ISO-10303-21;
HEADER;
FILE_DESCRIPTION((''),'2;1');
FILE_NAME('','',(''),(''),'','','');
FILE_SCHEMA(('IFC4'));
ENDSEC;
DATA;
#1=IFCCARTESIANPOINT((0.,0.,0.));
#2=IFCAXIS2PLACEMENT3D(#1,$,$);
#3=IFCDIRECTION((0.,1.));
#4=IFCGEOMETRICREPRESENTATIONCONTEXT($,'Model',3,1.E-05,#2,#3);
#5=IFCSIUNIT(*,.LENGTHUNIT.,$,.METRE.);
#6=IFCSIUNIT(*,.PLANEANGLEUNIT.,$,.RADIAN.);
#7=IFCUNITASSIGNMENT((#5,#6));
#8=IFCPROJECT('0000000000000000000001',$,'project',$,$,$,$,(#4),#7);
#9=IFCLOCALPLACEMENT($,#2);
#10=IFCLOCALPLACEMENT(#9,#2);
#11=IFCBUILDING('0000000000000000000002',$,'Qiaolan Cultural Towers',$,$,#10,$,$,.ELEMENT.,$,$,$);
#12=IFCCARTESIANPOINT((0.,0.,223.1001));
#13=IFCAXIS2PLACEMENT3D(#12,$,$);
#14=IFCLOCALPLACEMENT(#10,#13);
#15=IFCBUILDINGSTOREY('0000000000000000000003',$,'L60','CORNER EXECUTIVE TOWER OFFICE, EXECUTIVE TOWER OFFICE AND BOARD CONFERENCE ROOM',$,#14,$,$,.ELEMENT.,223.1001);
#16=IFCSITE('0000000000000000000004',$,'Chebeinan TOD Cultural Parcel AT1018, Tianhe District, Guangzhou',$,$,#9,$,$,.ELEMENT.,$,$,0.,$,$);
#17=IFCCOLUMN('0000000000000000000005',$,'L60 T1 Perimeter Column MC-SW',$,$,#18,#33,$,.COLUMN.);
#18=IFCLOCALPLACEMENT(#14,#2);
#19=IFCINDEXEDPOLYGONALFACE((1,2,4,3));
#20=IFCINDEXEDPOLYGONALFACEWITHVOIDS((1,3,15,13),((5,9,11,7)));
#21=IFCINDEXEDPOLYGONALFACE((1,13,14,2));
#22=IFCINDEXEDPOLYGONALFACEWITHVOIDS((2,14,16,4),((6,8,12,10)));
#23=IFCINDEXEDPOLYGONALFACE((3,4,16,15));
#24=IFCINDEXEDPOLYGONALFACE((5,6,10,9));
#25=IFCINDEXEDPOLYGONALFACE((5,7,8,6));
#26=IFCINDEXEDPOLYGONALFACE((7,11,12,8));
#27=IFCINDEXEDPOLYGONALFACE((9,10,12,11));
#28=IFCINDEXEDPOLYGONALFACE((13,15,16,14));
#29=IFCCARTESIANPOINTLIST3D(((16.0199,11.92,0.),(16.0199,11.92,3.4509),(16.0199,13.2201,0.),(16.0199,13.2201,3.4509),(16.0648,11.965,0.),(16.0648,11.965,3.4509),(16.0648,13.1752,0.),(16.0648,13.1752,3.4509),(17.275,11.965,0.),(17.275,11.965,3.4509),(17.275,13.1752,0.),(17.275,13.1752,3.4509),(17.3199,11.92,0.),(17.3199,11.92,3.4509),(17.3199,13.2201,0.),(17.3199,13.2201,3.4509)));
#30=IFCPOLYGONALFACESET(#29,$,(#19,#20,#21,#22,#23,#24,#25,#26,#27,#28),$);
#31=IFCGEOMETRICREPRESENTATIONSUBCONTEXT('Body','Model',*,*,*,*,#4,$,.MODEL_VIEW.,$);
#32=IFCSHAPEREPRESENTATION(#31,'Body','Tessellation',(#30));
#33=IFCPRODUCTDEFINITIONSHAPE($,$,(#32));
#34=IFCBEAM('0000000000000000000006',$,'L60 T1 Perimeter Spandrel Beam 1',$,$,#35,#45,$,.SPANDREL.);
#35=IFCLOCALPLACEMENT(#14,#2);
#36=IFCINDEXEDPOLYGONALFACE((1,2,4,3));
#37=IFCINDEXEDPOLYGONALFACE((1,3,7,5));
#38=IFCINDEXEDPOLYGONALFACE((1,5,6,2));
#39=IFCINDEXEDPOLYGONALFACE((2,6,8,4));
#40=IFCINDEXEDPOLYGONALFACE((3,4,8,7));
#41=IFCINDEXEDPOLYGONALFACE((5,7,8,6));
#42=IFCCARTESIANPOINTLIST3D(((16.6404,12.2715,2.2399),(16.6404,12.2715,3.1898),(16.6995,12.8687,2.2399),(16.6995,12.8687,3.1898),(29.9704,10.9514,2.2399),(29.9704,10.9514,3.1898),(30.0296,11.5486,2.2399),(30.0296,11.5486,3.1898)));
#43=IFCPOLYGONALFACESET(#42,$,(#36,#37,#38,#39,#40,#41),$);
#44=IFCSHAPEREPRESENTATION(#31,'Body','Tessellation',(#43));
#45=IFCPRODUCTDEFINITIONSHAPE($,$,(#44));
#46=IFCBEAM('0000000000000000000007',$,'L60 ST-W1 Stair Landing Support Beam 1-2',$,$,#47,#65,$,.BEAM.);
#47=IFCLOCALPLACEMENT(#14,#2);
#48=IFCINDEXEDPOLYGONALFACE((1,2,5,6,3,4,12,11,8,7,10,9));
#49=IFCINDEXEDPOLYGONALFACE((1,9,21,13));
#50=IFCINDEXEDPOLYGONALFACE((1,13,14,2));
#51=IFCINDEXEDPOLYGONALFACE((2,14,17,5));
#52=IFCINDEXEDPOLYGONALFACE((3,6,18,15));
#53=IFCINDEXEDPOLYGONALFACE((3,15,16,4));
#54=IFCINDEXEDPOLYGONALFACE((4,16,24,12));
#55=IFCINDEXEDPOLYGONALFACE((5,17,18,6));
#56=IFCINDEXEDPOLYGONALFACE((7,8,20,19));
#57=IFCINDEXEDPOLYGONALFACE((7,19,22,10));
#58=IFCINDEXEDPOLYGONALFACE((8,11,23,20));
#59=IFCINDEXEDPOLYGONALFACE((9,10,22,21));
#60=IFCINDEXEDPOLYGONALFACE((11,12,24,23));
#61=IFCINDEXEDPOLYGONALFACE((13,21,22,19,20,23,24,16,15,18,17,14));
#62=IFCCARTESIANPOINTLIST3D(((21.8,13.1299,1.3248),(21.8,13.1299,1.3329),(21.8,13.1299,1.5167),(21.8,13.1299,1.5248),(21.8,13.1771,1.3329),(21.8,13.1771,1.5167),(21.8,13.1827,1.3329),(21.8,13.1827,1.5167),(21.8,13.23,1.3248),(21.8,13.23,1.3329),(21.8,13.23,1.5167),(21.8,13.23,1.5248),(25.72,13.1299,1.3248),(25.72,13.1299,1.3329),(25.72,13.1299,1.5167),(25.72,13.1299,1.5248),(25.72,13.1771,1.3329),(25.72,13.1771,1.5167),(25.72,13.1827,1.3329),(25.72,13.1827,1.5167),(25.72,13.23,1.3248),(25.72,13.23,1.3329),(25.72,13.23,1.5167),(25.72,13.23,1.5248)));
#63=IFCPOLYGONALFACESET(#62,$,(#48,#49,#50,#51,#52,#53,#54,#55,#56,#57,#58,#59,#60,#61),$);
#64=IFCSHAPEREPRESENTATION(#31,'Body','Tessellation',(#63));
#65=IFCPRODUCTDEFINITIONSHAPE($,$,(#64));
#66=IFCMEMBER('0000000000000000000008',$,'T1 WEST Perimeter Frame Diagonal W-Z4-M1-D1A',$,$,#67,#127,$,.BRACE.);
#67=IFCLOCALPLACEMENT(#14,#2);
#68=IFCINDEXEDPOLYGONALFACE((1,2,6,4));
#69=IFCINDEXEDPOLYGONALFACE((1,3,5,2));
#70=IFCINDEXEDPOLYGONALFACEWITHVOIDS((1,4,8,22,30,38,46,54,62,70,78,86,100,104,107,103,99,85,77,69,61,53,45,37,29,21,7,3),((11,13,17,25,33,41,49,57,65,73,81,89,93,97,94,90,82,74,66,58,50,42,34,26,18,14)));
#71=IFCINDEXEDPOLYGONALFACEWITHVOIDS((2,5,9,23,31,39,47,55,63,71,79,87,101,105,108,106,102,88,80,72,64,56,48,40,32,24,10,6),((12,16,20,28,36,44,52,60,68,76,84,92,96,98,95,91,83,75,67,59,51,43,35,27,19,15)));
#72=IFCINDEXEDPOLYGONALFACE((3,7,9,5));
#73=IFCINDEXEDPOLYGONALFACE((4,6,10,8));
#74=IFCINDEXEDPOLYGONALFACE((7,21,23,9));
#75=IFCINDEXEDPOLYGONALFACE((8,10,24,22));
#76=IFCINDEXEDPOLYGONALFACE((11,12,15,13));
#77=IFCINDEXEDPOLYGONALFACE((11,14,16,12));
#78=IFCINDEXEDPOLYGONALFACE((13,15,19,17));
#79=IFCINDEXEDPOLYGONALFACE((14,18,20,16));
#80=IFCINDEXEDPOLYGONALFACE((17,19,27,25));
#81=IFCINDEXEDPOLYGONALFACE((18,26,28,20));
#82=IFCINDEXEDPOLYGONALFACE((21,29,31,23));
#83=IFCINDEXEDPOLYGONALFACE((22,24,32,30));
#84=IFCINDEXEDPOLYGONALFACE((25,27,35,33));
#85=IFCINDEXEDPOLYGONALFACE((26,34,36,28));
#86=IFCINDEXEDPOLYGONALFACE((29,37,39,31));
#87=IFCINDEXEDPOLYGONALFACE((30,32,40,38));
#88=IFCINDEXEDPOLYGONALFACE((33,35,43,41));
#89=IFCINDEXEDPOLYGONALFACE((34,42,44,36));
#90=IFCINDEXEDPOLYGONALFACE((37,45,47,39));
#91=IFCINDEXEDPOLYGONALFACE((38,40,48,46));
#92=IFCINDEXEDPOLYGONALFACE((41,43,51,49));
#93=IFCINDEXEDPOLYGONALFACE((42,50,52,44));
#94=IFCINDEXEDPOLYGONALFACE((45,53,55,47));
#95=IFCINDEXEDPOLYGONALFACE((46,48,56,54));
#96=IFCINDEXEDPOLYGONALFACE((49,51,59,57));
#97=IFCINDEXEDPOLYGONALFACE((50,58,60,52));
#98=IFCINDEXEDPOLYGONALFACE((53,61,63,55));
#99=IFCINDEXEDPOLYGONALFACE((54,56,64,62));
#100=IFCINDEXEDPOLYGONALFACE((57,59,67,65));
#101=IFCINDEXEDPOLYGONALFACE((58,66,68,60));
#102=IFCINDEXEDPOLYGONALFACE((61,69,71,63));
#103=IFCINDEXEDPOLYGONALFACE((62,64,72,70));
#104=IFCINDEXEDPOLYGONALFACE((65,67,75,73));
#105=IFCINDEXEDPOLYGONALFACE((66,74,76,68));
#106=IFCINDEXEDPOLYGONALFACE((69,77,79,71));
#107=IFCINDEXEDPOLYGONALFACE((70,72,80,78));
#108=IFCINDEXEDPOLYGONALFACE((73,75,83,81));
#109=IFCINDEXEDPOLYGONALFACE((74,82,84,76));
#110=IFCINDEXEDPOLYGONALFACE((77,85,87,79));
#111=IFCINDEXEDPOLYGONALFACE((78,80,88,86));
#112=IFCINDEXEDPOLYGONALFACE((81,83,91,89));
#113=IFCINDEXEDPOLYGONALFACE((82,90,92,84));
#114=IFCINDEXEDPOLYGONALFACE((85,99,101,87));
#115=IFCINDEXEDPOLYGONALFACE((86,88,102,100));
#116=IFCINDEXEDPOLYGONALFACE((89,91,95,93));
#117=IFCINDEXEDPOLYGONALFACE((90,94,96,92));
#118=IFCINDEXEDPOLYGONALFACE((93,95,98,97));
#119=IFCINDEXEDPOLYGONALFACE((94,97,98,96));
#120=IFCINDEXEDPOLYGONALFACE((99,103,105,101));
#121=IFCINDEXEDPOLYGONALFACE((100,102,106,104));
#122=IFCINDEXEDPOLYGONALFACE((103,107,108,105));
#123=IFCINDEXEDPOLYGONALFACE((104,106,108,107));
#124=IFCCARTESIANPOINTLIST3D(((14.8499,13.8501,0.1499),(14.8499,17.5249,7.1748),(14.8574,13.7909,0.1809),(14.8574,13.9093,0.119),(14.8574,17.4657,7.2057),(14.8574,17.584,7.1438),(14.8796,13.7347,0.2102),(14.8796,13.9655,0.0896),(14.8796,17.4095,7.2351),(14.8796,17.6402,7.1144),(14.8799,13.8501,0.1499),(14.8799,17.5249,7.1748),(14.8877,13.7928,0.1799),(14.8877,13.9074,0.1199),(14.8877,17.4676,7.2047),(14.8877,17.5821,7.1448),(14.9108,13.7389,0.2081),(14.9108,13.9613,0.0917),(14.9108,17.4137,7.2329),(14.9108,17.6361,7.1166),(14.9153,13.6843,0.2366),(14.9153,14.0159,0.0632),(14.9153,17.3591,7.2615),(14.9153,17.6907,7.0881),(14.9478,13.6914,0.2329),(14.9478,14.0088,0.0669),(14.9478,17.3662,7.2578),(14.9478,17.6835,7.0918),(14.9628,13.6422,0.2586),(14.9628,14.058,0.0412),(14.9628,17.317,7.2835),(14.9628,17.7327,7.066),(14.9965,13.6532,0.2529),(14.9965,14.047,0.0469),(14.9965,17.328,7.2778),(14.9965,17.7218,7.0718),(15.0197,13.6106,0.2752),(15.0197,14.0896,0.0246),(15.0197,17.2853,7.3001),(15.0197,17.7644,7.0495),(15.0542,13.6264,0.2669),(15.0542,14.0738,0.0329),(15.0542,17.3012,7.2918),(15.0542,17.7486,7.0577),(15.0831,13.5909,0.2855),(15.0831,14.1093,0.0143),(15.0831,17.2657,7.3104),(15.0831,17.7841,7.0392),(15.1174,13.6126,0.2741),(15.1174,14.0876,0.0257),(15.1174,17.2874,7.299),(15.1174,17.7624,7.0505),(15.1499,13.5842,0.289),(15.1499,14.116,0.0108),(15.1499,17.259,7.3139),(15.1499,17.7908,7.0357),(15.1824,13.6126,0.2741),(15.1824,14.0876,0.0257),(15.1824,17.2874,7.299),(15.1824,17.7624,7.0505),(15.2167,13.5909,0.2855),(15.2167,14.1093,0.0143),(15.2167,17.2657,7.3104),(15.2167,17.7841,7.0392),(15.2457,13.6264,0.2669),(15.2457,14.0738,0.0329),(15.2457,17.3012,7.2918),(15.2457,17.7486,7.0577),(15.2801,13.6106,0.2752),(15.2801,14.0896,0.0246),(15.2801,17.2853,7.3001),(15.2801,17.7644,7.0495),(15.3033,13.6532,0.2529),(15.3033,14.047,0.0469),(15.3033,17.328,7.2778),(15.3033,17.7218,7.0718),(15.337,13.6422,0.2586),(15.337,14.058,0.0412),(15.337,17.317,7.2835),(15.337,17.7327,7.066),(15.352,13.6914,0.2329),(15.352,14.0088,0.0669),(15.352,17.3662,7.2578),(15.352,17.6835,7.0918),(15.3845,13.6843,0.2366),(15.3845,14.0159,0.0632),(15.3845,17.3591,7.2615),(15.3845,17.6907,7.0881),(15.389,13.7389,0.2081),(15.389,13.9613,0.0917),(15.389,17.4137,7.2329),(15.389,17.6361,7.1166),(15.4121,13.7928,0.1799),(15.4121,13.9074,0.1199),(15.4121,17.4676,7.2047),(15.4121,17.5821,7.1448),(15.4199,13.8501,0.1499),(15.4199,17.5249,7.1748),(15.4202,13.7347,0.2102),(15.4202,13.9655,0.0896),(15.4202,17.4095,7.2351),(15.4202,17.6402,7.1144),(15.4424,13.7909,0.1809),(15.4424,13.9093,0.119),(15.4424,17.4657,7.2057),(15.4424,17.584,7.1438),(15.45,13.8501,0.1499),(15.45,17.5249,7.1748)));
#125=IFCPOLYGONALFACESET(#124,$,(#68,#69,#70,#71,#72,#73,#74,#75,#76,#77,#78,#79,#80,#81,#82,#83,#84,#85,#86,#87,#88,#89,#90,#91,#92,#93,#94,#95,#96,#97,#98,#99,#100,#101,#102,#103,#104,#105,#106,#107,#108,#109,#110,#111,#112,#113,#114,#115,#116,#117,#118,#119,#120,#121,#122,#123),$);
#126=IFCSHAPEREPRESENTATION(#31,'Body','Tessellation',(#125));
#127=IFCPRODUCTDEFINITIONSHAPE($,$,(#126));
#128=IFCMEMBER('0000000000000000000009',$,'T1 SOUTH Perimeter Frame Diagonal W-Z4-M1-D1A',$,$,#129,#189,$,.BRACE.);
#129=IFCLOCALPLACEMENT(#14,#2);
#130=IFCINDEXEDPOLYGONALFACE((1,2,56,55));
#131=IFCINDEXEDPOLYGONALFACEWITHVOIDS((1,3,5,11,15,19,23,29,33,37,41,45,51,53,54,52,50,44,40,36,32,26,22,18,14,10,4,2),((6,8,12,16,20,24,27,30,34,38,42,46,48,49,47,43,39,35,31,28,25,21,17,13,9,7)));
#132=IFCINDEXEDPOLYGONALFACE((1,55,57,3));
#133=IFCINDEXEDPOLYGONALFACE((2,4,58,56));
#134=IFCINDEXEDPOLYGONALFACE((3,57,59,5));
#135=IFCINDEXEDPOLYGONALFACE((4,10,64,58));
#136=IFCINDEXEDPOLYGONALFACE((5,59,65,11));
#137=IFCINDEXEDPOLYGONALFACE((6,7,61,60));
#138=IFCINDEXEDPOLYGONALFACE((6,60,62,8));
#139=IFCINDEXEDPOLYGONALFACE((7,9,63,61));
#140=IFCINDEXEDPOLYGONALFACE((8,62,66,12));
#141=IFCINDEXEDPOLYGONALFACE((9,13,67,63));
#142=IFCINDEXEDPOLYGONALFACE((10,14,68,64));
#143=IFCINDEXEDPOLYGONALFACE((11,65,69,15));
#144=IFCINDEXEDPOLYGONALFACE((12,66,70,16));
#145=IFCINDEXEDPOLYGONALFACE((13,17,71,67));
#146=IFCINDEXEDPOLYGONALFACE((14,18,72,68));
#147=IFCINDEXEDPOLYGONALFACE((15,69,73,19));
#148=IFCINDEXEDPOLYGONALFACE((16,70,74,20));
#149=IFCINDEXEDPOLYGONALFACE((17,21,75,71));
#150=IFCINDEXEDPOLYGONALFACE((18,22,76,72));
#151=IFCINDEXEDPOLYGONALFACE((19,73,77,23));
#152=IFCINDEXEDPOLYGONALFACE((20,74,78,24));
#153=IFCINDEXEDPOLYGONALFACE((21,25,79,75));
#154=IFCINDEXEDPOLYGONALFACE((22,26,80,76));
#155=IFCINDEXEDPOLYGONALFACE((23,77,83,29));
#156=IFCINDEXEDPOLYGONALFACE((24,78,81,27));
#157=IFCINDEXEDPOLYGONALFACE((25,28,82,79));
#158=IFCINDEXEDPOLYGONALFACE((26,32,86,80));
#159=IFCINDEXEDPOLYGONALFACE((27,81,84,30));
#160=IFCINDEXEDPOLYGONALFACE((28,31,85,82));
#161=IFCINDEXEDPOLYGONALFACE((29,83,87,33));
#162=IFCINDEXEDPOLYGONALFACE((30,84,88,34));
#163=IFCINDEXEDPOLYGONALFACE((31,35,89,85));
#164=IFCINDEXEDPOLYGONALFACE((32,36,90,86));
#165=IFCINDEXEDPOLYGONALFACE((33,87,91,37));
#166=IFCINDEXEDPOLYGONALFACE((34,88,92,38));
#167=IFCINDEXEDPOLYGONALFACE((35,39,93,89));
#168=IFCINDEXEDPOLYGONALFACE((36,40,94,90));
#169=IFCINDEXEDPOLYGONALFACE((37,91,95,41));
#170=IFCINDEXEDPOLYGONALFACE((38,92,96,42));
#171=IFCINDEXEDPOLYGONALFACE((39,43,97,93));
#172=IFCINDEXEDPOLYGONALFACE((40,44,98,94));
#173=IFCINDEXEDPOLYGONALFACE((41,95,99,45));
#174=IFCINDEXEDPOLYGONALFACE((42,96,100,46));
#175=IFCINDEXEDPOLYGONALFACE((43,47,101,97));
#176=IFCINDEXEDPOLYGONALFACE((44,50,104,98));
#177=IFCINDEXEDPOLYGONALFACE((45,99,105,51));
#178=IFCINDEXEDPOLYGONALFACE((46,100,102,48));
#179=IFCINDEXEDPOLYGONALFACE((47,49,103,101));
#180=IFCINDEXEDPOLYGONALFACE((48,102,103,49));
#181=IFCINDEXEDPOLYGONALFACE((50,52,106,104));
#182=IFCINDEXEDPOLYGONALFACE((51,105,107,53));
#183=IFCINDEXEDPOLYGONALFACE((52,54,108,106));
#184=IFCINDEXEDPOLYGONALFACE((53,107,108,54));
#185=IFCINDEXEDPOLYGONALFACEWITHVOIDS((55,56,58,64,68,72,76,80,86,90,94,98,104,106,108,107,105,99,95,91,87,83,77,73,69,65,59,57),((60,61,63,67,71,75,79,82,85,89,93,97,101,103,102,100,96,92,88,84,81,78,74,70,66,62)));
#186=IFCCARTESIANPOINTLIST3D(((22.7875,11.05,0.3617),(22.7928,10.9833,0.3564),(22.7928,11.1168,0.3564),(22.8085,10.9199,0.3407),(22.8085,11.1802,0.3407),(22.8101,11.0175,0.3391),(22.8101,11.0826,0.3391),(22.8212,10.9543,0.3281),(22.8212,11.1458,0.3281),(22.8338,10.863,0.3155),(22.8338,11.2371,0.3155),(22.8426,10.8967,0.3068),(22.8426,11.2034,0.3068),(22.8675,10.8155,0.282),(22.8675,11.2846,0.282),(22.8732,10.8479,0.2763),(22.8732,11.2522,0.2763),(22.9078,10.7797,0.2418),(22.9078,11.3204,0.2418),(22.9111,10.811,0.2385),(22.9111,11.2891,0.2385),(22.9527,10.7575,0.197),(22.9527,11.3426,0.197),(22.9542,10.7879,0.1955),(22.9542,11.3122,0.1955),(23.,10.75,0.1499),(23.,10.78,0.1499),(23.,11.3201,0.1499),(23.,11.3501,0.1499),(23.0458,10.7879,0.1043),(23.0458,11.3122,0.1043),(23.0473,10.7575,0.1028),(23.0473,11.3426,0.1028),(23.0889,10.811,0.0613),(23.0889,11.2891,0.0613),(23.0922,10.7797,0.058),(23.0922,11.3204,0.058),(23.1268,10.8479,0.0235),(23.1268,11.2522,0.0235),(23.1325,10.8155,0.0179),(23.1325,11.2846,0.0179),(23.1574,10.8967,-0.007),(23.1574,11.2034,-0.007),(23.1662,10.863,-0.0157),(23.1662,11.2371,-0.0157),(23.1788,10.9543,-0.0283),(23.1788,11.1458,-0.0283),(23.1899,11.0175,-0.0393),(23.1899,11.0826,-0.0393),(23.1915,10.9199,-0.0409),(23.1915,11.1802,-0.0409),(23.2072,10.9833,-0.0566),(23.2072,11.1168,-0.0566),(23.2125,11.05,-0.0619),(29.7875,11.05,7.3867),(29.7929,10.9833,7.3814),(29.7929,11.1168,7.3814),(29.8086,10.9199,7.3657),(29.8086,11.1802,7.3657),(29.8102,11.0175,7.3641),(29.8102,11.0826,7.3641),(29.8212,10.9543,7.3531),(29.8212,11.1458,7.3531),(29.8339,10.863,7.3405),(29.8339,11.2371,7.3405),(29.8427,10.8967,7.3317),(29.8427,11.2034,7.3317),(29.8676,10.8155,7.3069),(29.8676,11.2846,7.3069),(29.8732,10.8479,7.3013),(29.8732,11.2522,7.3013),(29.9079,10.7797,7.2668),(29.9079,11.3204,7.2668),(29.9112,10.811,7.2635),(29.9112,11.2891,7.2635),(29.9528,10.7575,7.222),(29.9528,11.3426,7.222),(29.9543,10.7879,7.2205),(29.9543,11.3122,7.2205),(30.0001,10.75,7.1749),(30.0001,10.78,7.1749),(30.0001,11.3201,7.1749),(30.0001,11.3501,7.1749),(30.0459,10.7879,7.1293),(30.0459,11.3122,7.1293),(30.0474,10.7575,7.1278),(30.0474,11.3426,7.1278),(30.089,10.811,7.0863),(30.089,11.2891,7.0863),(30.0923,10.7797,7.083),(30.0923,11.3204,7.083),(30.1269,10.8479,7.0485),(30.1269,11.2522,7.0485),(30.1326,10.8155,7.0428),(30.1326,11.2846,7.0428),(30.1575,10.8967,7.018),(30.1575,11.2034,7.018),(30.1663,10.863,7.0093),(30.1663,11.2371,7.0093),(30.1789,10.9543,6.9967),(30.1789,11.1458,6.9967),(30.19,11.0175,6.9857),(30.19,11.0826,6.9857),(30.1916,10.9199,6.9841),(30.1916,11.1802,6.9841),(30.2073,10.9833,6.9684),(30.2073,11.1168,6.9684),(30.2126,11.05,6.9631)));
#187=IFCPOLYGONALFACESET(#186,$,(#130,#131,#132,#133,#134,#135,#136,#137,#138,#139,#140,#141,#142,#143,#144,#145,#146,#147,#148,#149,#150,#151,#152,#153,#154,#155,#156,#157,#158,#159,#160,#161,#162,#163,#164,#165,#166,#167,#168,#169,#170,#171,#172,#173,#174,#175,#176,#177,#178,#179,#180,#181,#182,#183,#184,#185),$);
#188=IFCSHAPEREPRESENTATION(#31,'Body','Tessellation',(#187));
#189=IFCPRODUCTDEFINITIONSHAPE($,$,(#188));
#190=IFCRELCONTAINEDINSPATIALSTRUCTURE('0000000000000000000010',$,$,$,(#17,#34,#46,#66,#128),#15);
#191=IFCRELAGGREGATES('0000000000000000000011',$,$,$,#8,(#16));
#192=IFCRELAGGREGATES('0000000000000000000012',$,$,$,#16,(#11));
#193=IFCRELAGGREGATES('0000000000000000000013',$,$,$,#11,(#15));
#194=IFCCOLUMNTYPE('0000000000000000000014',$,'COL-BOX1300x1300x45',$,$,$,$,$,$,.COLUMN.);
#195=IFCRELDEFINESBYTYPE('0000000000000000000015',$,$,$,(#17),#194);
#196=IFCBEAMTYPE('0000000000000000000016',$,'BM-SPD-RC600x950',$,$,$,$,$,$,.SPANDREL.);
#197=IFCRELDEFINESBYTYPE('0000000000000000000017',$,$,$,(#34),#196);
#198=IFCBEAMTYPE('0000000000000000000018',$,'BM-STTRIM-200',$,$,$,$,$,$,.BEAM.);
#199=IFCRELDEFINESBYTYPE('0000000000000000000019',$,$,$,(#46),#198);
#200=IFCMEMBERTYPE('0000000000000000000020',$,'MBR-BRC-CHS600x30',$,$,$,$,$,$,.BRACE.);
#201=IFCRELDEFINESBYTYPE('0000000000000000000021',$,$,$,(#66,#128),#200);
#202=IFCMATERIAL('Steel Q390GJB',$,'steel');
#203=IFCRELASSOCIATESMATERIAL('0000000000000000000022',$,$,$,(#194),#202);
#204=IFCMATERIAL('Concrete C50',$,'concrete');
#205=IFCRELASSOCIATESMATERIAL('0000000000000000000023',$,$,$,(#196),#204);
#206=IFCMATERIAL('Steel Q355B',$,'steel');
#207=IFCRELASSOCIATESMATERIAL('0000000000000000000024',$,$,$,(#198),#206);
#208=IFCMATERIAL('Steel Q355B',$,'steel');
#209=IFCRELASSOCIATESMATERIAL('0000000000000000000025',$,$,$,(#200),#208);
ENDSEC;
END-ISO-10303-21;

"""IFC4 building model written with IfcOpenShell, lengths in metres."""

from ifc_helpers import new_model, si_unit, direction, frame, origin, origin_2d, place, context, subcontext, project, spatial, rectangle, hollow_rectangle, hollow_circle, i_section, extrude, material, material_profile, profile_set, type_object, element, save


model = new_model("IFC4")

# Units and contexts
model_context = context("Model", 3, precision=1e-05, world=origin(), true_north=direction((0.0, 1.0)))
body_context = subcontext(model_context, "Body", "Model", "MODEL_VIEW")
ifc_project = project(units=[si_unit("LENGTHUNIT", "METRE"), si_unit("PLANEANGLEUNIT", "RADIAN")], contexts=[model_context])

# Site, building, storey
site_placement = place(None, origin())
site = spatial("IfcSite", under=ifc_project, at=site_placement, Name="Chebeinan TOD Cultural Parcel AT1018, Tianhe District, Guangzhou", CompositionType="ELEMENT", RefElevation=0.0)
building_placement = place(site_placement, origin())
building = spatial("IfcBuilding", under=site, at=building_placement, Name="Qiaolan Cultural Towers", CompositionType="ELEMENT")
storey_placement = place(building_placement, frame((0.0, 0.0, 223.1001)))
storey = spatial("IfcBuildingStorey", under=building, at=storey_placement, Name="L60", Description="CORNER EXECUTIVE TOWER OFFICE, EXECUTIVE TOWER OFFICE AND BOARD CONFERENCE ROOM", CompositionType="ELEMENT", Elevation=223.1001)

# Column
ifc_material_1 = material(Name="Steel Q390GJB", Category="steel")
ifc_material_profile_1 = material_profile(ifc_material_1, hollow_rectangle(XDim=1.3, YDim=1.3, WallThickness=0.0449, at=origin_2d()), Name="BOX1300x1300x45")
ifc_profile_set_1 = profile_set([ifc_material_profile_1], Name="Steel Q390GJB")
column_type = type_object("IfcColumnType", Name="COL-BOX1300x1300x45", PredefinedType="COLUMN", material=ifc_profile_set_1)
column_placement = place(storey_placement, frame((16.6699, 12.5701, 0.0), z_axis=(0.0, 0.0, 1.0), x_axis=(1.0, 0.0, 0.0)))
element("IfcColumn", 1, at=column_placement, inside=storey, type_object=column_type, Name="L60 T1 Perimeter Column MC-SW", PredefinedType="COLUMN", context=body_context, shape_type="SweptSolid", body=[
    extrude(hollow_rectangle(XDim=1.3, YDim=1.3, WallThickness=0.0449, at=origin_2d()), origin(), (0.0, 0.0, 1.0), 3.4509),
])

# Beams
ifc_material_2 = material(Name="Concrete C50", Category="concrete")
ifc_material_profile_2 = material_profile(ifc_material_2, rectangle(XDim=0.6001, YDim=0.95, at=origin_2d()), Name="RC600x950")
ifc_profile_set_2 = profile_set([ifc_material_profile_2], Name="Concrete C50")
beam_type_1 = type_object("IfcBeamType", Name="BM-SPD-RC600x950", PredefinedType="SPANDREL", material=ifc_profile_set_2)
beam_1_placement = place(storey_placement, frame((16.6699, 12.5701, 2.7148), z_axis=(0.995132, -0.098547, 0.0), x_axis=(0.098547, 0.995132, 0.0)))
element("IfcBeam", 2, at=beam_1_placement, inside=storey, type_object=beam_type_1, Name="L60 T1 Perimeter Spandrel Beam 1", PredefinedType="SPANDREL", context=body_context, shape_type="SweptSolid", body=[
    extrude(rectangle(XDim=0.6001, YDim=0.95, at=origin_2d()), origin(), (0.0, 0.0, 1.0), 13.3953),
])
ifc_material_3 = material(Name="Steel Q355B", Category="steel")
ifc_material_profile_3 = material_profile(ifc_material_3, i_section(OverallWidth=0.1001, OverallDepth=0.2, WebThickness=0.0056, FlangeThickness=0.0081, at=origin_2d()), Name="HN200x100x5.5x8")
ifc_profile_set_3 = profile_set([ifc_material_profile_3], Name="Steel Q355B")
beam_type_2 = type_object("IfcBeamType", Name="BM-STTRIM-200", PredefinedType="BEAM", material=ifc_profile_set_3)
beam_2_placement = place(storey_placement, frame((21.8, 13.1799, 1.4248), z_axis=(1.0, 0.0, 0.0), x_axis=(0.0, 1.0, 0.0)))
element("IfcBeam", 3, at=beam_2_placement, inside=storey, type_object=beam_type_2, Name="L60 ST-W1 Stair Landing Support Beam 1-2", PredefinedType="BEAM", context=body_context, shape_type="SweptSolid", body=[
    extrude(i_section(OverallWidth=0.1001, OverallDepth=0.2, WebThickness=0.0056, FlangeThickness=0.0081, at=origin_2d()), origin(), (0.0, 0.0, 1.0), 3.9199),
])

# Members
ifc_material_4 = material(Name="Steel Q355B", Category="steel")
ifc_material_profile_4 = material_profile(ifc_material_4, hollow_circle(Radius=0.3, WallThickness=0.03, at=origin_2d()), Name="CHS600x30")
ifc_profile_set_4 = profile_set([ifc_material_profile_4], Name="Steel Q355B")
member_type = type_object("IfcMemberType", Name="MBR-BRC-CHS600x30", PredefinedType="BRACE", material=ifc_profile_set_4)
member_1_placement = place(storey_placement, frame((15.1499, 13.8501, 0.1499), z_axis=(0.0, 0.463521, 0.886086), x_axis=(-1.0, 0.0, 0.0)))
element("IfcMember", 4, at=member_1_placement, inside=storey, type_object=member_type, Name="T1 WEST Perimeter Frame Diagonal W-Z4-M1-D1A", PredefinedType="BRACE", context=body_context, shape_type="SweptSolid", body=[
    extrude(hollow_circle(Radius=0.3, WallThickness=0.03, at=origin_2d()), origin(), (0.0, 0.0, 1.0), 7.928),
])
member_2_placement = place(storey_placement, frame((23.0, 11.05, 0.1499), z_axis=(0.70585, 0.0, 0.708361), x_axis=(0.0, 1.0, 0.0)))
element("IfcMember", 5, at=member_2_placement, inside=storey, type_object=member_type, Name="T1 SOUTH Perimeter Frame Diagonal W-Z4-M1-D1A", PredefinedType="BRACE", context=body_context, shape_type="SweptSolid", body=[
    extrude(hollow_circle(Radius=0.3, WallThickness=0.03, at=origin_2d()), origin(), (0.0, 0.0, 1.0), 9.9172),
])

save(model, "model.ifc")
